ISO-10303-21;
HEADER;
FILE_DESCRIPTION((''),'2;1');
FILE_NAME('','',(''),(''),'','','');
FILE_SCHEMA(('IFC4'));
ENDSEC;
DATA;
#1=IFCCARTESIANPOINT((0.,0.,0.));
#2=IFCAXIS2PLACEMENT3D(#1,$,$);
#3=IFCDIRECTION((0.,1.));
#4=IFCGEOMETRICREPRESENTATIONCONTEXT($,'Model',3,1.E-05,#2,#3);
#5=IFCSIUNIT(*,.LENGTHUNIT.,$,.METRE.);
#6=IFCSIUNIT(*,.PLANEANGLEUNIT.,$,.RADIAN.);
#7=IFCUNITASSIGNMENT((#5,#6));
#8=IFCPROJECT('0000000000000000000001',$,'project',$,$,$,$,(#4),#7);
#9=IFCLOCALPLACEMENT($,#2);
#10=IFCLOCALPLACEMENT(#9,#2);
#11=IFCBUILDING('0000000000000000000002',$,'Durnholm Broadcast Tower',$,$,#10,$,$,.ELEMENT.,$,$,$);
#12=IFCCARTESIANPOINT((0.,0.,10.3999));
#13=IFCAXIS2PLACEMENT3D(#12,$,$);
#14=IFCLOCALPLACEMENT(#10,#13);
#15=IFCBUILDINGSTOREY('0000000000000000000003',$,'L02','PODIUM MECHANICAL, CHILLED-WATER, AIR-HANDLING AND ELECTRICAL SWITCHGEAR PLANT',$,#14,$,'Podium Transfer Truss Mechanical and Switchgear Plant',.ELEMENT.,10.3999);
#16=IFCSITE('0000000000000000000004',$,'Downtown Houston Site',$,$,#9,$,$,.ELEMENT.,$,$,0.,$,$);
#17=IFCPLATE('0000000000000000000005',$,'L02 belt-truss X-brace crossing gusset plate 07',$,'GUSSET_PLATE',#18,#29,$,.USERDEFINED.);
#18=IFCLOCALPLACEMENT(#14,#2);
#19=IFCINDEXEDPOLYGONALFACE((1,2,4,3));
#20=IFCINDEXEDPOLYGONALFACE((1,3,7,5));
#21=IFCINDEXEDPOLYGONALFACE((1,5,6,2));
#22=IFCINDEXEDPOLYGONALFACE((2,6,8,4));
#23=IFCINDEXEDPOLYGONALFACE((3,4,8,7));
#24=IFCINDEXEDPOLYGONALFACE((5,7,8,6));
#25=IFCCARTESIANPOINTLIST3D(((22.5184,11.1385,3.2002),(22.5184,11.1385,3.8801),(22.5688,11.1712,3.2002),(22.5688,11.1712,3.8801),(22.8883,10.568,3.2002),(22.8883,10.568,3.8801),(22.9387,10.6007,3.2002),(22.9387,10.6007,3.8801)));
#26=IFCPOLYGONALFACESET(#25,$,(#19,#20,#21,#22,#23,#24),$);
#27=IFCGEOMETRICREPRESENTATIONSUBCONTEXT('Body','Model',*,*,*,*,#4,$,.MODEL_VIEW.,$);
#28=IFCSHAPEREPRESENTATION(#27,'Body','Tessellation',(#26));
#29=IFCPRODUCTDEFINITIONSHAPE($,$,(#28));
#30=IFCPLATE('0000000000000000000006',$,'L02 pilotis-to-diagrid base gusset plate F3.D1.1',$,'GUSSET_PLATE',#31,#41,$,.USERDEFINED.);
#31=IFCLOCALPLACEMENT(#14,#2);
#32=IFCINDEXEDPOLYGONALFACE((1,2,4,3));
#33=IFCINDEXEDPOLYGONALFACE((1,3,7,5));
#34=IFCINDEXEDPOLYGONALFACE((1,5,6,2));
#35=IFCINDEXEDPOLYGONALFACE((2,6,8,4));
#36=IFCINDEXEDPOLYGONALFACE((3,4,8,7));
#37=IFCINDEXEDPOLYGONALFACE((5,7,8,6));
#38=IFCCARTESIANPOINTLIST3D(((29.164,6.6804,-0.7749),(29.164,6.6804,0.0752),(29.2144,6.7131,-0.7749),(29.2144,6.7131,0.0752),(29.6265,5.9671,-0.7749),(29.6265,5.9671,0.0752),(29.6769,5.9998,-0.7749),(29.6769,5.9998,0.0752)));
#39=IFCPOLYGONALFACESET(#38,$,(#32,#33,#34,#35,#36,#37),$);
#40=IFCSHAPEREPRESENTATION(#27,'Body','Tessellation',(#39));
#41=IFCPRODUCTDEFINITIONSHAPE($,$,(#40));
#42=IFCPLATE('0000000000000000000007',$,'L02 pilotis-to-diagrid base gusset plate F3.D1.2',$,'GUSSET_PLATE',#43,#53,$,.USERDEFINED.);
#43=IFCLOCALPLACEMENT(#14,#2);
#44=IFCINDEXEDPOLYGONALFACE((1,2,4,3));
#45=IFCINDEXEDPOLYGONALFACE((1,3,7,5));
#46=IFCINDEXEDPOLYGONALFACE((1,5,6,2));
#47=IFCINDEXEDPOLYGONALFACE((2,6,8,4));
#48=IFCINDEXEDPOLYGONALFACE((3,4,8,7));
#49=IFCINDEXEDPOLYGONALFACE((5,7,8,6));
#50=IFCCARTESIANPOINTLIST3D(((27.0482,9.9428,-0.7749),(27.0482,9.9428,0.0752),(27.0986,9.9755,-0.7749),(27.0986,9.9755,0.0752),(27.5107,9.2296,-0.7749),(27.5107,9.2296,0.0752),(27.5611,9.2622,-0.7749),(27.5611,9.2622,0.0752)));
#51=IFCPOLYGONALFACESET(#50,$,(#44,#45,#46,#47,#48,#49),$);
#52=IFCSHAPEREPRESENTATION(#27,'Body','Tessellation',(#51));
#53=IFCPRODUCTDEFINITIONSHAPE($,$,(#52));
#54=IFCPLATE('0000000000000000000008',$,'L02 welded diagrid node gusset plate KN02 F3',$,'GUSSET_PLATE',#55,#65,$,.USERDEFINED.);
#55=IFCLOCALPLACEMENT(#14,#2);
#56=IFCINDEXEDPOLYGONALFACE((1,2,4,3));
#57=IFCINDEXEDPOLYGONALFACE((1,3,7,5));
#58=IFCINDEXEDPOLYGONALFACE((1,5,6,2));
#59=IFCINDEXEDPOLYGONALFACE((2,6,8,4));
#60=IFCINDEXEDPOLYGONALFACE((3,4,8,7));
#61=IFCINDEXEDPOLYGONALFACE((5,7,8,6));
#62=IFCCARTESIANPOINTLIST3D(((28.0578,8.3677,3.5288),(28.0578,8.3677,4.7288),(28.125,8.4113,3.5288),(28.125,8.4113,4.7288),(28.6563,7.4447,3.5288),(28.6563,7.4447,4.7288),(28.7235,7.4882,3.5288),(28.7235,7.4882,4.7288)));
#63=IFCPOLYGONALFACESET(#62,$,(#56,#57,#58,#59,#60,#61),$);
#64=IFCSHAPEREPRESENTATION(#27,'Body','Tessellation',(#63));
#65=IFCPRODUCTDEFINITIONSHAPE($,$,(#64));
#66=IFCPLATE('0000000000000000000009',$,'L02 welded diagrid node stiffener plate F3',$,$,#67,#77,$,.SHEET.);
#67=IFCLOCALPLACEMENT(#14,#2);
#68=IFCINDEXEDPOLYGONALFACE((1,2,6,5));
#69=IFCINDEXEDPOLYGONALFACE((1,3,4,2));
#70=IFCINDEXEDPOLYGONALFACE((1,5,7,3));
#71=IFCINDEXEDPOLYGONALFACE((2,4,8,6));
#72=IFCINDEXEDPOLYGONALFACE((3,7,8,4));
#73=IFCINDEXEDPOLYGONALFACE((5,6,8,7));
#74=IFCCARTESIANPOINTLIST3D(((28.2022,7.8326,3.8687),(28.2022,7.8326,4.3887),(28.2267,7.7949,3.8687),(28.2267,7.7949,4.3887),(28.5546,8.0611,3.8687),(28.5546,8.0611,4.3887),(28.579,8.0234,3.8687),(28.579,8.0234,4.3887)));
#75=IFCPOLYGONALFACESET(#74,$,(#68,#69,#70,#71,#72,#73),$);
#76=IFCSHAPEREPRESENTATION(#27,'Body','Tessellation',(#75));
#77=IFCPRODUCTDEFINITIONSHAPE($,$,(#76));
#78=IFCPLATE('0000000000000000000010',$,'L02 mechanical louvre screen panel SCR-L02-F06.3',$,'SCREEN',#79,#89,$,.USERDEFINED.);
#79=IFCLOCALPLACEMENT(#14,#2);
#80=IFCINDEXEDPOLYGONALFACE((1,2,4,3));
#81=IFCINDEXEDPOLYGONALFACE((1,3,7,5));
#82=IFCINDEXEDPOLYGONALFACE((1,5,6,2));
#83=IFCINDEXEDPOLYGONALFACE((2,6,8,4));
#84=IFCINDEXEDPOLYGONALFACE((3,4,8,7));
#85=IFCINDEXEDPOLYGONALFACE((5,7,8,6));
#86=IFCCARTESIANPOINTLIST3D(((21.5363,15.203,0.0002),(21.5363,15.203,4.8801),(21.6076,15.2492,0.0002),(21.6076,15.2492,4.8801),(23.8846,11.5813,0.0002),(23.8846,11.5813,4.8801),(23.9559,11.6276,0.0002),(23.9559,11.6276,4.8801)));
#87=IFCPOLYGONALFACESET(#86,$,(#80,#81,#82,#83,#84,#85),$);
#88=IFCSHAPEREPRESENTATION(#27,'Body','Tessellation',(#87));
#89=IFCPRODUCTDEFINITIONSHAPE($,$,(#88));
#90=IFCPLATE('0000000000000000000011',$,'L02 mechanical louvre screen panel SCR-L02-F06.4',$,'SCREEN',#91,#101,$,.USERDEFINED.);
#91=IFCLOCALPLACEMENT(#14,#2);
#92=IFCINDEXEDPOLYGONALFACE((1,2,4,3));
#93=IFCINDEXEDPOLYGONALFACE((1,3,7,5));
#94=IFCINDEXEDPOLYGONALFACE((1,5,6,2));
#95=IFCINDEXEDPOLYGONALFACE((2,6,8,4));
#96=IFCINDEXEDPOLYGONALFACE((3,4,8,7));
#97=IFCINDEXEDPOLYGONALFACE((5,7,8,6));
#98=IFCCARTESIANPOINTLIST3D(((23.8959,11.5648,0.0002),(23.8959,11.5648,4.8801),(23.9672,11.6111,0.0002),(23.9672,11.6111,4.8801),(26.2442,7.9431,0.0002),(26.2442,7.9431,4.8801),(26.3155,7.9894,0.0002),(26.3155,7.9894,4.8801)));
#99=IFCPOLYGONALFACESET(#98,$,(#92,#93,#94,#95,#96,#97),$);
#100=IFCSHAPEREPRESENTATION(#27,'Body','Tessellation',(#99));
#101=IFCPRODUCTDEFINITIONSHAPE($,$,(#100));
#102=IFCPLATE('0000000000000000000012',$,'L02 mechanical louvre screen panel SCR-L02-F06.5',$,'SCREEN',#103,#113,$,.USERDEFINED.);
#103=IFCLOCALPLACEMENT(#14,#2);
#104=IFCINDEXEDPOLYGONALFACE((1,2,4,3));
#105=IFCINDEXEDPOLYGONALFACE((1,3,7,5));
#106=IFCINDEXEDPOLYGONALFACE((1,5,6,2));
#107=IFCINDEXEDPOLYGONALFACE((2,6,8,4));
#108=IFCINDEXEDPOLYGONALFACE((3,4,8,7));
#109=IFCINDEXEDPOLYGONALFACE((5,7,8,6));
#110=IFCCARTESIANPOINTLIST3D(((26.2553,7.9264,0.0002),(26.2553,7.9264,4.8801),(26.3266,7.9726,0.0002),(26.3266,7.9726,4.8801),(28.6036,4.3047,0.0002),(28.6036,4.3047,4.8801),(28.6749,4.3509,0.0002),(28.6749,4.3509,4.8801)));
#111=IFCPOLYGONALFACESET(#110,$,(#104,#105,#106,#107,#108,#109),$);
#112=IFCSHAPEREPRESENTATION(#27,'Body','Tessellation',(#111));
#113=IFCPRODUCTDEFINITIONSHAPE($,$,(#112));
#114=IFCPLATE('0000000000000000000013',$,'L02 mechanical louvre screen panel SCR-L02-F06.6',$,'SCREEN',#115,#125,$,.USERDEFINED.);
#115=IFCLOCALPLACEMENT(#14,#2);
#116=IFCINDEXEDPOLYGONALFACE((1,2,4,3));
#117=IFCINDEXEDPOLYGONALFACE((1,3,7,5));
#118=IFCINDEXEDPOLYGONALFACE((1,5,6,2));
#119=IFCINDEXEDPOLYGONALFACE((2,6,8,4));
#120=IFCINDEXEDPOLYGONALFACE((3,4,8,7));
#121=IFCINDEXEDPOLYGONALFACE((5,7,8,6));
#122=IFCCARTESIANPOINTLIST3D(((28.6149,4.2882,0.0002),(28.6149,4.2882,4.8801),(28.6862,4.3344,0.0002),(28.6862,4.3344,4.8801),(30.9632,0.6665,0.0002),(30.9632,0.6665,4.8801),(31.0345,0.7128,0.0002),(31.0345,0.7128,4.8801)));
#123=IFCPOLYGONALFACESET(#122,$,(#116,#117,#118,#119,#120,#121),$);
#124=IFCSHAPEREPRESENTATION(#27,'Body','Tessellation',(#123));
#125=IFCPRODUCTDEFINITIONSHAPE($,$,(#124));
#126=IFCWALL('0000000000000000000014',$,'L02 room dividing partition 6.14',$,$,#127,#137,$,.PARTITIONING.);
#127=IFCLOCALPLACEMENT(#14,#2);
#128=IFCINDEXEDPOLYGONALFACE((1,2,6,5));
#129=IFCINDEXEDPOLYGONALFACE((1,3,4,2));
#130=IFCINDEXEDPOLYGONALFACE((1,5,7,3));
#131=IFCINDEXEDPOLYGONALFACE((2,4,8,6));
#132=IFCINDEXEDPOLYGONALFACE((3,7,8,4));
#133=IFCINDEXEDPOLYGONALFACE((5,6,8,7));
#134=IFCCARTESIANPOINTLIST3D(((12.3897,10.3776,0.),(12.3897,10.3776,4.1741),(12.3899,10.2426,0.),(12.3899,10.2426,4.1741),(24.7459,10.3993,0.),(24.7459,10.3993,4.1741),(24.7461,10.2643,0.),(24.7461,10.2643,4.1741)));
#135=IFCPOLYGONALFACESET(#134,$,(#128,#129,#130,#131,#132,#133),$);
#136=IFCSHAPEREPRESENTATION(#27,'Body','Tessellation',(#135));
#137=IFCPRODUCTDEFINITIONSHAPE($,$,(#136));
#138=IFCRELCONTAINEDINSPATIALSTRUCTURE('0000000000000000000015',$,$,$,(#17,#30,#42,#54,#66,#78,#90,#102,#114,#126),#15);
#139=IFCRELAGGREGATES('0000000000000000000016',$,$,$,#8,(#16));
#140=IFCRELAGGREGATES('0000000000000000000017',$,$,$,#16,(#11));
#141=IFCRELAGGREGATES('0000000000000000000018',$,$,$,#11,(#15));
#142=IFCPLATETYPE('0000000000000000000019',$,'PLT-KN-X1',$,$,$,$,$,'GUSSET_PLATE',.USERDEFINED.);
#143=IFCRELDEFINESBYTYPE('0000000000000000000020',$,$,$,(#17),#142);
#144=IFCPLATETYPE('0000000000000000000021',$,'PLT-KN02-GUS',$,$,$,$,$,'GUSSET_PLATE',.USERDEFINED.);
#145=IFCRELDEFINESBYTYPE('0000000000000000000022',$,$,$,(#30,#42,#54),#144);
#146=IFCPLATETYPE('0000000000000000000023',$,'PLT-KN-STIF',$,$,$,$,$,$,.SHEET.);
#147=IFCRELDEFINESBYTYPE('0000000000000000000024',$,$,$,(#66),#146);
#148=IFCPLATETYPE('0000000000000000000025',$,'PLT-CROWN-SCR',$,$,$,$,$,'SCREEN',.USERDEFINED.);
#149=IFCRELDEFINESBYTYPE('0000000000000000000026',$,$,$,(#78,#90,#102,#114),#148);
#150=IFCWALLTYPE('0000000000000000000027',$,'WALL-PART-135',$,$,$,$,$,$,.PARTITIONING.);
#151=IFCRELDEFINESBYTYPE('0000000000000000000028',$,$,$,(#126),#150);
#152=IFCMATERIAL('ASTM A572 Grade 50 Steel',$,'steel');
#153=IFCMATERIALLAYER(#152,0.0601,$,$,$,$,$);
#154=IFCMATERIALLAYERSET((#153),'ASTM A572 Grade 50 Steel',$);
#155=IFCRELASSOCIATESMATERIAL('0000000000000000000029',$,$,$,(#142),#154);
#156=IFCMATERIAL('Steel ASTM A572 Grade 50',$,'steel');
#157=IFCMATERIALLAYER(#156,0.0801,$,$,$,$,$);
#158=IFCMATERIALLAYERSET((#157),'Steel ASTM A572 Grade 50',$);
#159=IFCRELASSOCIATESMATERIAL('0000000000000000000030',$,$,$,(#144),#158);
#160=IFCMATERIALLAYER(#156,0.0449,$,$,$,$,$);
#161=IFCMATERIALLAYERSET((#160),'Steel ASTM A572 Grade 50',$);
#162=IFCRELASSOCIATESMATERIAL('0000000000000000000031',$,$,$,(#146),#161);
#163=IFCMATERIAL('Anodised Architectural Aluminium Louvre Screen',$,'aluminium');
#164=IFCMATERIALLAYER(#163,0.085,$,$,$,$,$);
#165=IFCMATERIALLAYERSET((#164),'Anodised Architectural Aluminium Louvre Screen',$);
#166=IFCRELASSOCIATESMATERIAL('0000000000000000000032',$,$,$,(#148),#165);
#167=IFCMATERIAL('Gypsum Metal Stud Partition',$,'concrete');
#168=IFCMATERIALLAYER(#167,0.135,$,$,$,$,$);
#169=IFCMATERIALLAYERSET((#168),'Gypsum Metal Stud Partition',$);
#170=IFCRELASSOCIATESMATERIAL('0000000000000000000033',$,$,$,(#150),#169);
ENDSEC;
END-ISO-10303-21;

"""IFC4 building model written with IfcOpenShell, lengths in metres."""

from ifc_helpers import new_model, si_unit, direction, frame, frame_2d, origin, origin_2d, place, context, subcontext, project, spatial, rectangle, extrude, source, transform, mapped, material, layer, layer_set, type_object, type_shapes, element, save


model = new_model("IFC4")

# Units and contexts
model_context = context("Model", 3, precision=1e-05, world=origin(), true_north=direction((0.0, 1.0)))
body_context = subcontext(model_context, "Body", "Model", "MODEL_VIEW")
ifc_project = project(units=[si_unit("LENGTHUNIT", "METRE"), si_unit("PLANEANGLEUNIT", "RADIAN")], contexts=[model_context])

# Site, building, storey
site_placement = place(None, origin())
site = spatial("IfcSite", under=ifc_project, at=site_placement, Name="Downtown Houston Site", CompositionType="ELEMENT", RefElevation=0.0)
building_placement = place(site_placement, origin())
building = spatial("IfcBuilding", under=site, at=building_placement, Name="Durnholm Broadcast Tower", CompositionType="ELEMENT")
storey_placement = place(building_placement, frame((0.0, 0.0, 10.3999)))
storey = spatial("IfcBuildingStorey", under=building, at=storey_placement, Name="L02", Description="PODIUM MECHANICAL, CHILLED-WATER, AIR-HANDLING AND ELECTRICAL SWITCHGEAR PLANT", LongName="Podium Transfer Truss Mechanical and Switchgear Plant", CompositionType="ELEMENT", Elevation=10.3999)

# Plates
ifc_material_1 = material(Name="Steel ASTM A572 Grade 50", Category="steel")
ifc_material_2 = material(Name="ASTM A572 Grade 50 Steel", Category="steel")
ifc_layer_1 = layer(ifc_material_2, 0.0601)
ifc_layer_set_1 = layer_set([ifc_layer_1], Name="ASTM A572 Grade 50 Steel")
plate_type_1 = type_object("IfcPlateType", Name="PLT-KN-X1", ElementType="GUSSET_PLATE", PredefinedType="USERDEFINED", material=ifc_layer_set_1)
shared_shape_1 = source(origin(), body_context, "Body", "SweptSolid", [
    extrude(rectangle(XDim=0.6799, YDim=0.0601, at=origin_2d()), origin(), (0.0, 0.0, 1.0), 0.6799),
])
type_shapes(plate_type_1, [shared_shape_1])
plate_1_placement = place(storey_placement, frame((22.7285, 10.8696, 3.2002), z_axis=(0.0, 0.0, 1.0), x_axis=(0.544053, -0.839051, 0.0)))
element("IfcPlate", 1, at=plate_1_placement, inside=storey, type_object=plate_type_1, Name="L02 belt-truss X-brace crossing gusset plate 07", ObjectType="GUSSET_PLATE", PredefinedType="USERDEFINED", context=body_context, shape_type="MappedRepresentation", body=[
    mapped(shared_shape_1, transform((0.0, 0.0, 0.0), x_axis=(1.0, 0.0, 0.0), y_axis=(0.0, 1.0, 0.0), z_axis=(0.0, 0.0, 1.0), scale=1.0)),
])
ifc_layer_2 = layer(ifc_material_1, 0.0801)
ifc_layer_set_2 = layer_set([ifc_layer_2], Name="Steel ASTM A572 Grade 50")
plate_type_2 = type_object("IfcPlateType", Name="PLT-KN02-GUS", ElementType="GUSSET_PLATE", PredefinedType="USERDEFINED", material=ifc_layer_set_2)
shared_shape_2 = source(origin(), body_context, "Body", "SweptSolid", [
    extrude(rectangle(XDim=0.8501, YDim=0.0601, at=origin_2d()), origin(), (0.0, 0.0, 1.0), 0.8501),
])
for number, where, z_axis, x_axis, name in (
    (2, (29.4204, 6.3401, -0.7749), (0.0, 0.0, 1.0), (-0.544053, 0.839051, 0.0), "L02 pilotis-to-diagrid base gusset plate F3.D1.1"),
    (3, (27.3047, 9.6025, -0.7749), (0.0, 0.0, 1.0), (-0.544053, 0.839051, 0.0), "L02 pilotis-to-diagrid base gusset plate F3.D1.2"),
):
    element("IfcPlate", number, at=place(storey_placement, frame(where, z_axis=z_axis, x_axis=x_axis)), inside=storey, type_object=plate_type_2, Name=name, ObjectType="GUSSET_PLATE", PredefinedType="USERDEFINED", context=body_context, shape_type="MappedRepresentation", body=[
        mapped(shared_shape_2, transform((0.0, 0.0, 0.0), x_axis=(1.0, 0.0, 0.0), y_axis=(0.0, 1.0, 0.0), z_axis=(0.0, 0.0, 1.0), scale=1.0)),
    ])
shared_shape_3 = source(origin(), body_context, "Body", "SweptSolid", [
    extrude(rectangle(XDim=1.1001, YDim=0.0801, at=origin_2d()), origin(), (0.0, 0.0, 1.0), 1.2),
])
type_shapes(plate_type_2, [shared_shape_2, shared_shape_3])
plate_2_placement = place(storey_placement, frame((28.3906, 7.928, 3.5288), z_axis=(0.0, 0.0, 1.0), x_axis=(-0.544053, 0.839051, 0.0)))
element("IfcPlate", 4, at=plate_2_placement, inside=storey, type_object=plate_type_2, Name="L02 welded diagrid node gusset plate KN02 F3", ObjectType="GUSSET_PLATE", PredefinedType="USERDEFINED", context=body_context, shape_type="MappedRepresentation", body=[
    mapped(shared_shape_3, transform((0.0, 0.0, 0.0), x_axis=(1.0, 0.0, 0.0), y_axis=(0.0, 1.0, 0.0), z_axis=(0.0, 0.0, 1.0), scale=1.0)),
])
ifc_layer_3 = layer(ifc_material_1, 0.0449)
ifc_layer_set_3 = layer_set([ifc_layer_3], Name="Steel ASTM A572 Grade 50")
plate_type_3 = type_object("IfcPlateType", Name="PLT-KN-STIF", PredefinedType="SHEET", material=ifc_layer_set_3)
shared_shape_4 = source(origin(), body_context, "Body", "SweptSolid", [
    extrude(rectangle(XDim=0.0449, YDim=0.4199, at=origin_2d()), origin(), (0.0, 0.0, 1.0), 0.52),
])
type_shapes(plate_type_3, [shared_shape_4])
plate_3_placement = place(storey_placement, frame((28.3906, 7.928, 3.8687), z_axis=(0.0, 0.0, 1.0), x_axis=(-0.544053, 0.839051, 0.0)))
element("IfcPlate", 5, at=plate_3_placement, inside=storey, type_object=plate_type_3, Name="L02 welded diagrid node stiffener plate F3", PredefinedType="SHEET", context=body_context, shape_type="MappedRepresentation", body=[
    mapped(shared_shape_4, transform((0.0, 0.0, 0.0), x_axis=(1.0, 0.0, 0.0), y_axis=(0.0, 1.0, 0.0), z_axis=(0.0, 0.0, 1.0), scale=1.0)),
])
ifc_material_3 = material(Name="Anodised Architectural Aluminium Louvre Screen", Category="aluminium")
ifc_layer_4 = layer(ifc_material_3, 0.085)
ifc_layer_set_4 = layer_set([ifc_layer_4], Name="Anodised Architectural Aluminium Louvre Screen")
plate_type_4 = type_object("IfcPlateType", Name="PLT-CROWN-SCR", ElementType="SCREEN", PredefinedType="USERDEFINED", material=ifc_layer_set_4)
shared_shape_5 = source(origin(), body_context, "Body", "SweptSolid", [
    extrude(rectangle(XDim=4.3164, YDim=0.085, at=origin_2d()), origin(), (0.0, 0.0, 1.0), 4.8799),
])
type_shapes(plate_type_4, [shared_shape_5])
for number, where, z_axis, x_axis, name in (
    (6, (22.7461, 13.4153, 0.0002), (0.0, 0.0, 1.0), (0.544053, -0.839051, 0.0), "L02 mechanical louvre screen panel SCR-L02-F06.3"),
    (7, (25.1057, 9.7771, 0.0002), (0.0, 0.0, 1.0), (0.544053, -0.839051, 0.0), "L02 mechanical louvre screen panel SCR-L02-F06.4"),
    (8, (27.4651, 6.1387, 0.0002), (0.0, 0.0, 1.0), (0.544053, -0.839051, 0.0), "L02 mechanical louvre screen panel SCR-L02-F06.5"),
    (9, (29.8247, 2.5005, 0.0002), (0.0, 0.0, 1.0), (0.544053, -0.839051, 0.0), "L02 mechanical louvre screen panel SCR-L02-F06.6"),
):
    element("IfcPlate", number, at=place(storey_placement, frame(where, z_axis=z_axis, x_axis=x_axis)), inside=storey, type_object=plate_type_4, Name=name, ObjectType="SCREEN", PredefinedType="USERDEFINED", context=body_context, shape_type="MappedRepresentation", body=[
        mapped(shared_shape_5, transform((0.0, 0.0, 0.0), x_axis=(1.0, 0.0, 0.0), y_axis=(0.0, 1.0, 0.0), z_axis=(0.0, 0.0, 1.0), scale=1.0)),
    ])

# Wall
ifc_material_4 = material(Name="Gypsum Metal Stud Partition", Category="concrete")
ifc_layer_5 = layer(ifc_material_4, 0.135)
ifc_layer_set_5 = layer_set([ifc_layer_5], Name="Gypsum Metal Stud Partition")
wall_type = type_object("IfcWallType", Name="WALL-PART-135", PredefinedType="PARTITIONING", material=ifc_layer_set_5)
wall_placement = place(storey_placement, frame((24.7461, 10.3318, 0.0), z_axis=(0.0, 0.0, 1.0), x_axis=(-0.999998, -0.001759, 0.0)))
element("IfcWall", 10, at=wall_placement, inside=storey, type_object=wall_type, Name="L02 room dividing partition 6.14", PredefinedType="PARTITIONING", context=body_context, shape_type="SweptSolid", body=[
    extrude(rectangle(XDim=12.3562, YDim=0.135, at=frame_2d((6.1782, 0.0))), origin(), (0.0, 0.0, 1.0), 4.1741),
])

save(model, "model.ifc")
